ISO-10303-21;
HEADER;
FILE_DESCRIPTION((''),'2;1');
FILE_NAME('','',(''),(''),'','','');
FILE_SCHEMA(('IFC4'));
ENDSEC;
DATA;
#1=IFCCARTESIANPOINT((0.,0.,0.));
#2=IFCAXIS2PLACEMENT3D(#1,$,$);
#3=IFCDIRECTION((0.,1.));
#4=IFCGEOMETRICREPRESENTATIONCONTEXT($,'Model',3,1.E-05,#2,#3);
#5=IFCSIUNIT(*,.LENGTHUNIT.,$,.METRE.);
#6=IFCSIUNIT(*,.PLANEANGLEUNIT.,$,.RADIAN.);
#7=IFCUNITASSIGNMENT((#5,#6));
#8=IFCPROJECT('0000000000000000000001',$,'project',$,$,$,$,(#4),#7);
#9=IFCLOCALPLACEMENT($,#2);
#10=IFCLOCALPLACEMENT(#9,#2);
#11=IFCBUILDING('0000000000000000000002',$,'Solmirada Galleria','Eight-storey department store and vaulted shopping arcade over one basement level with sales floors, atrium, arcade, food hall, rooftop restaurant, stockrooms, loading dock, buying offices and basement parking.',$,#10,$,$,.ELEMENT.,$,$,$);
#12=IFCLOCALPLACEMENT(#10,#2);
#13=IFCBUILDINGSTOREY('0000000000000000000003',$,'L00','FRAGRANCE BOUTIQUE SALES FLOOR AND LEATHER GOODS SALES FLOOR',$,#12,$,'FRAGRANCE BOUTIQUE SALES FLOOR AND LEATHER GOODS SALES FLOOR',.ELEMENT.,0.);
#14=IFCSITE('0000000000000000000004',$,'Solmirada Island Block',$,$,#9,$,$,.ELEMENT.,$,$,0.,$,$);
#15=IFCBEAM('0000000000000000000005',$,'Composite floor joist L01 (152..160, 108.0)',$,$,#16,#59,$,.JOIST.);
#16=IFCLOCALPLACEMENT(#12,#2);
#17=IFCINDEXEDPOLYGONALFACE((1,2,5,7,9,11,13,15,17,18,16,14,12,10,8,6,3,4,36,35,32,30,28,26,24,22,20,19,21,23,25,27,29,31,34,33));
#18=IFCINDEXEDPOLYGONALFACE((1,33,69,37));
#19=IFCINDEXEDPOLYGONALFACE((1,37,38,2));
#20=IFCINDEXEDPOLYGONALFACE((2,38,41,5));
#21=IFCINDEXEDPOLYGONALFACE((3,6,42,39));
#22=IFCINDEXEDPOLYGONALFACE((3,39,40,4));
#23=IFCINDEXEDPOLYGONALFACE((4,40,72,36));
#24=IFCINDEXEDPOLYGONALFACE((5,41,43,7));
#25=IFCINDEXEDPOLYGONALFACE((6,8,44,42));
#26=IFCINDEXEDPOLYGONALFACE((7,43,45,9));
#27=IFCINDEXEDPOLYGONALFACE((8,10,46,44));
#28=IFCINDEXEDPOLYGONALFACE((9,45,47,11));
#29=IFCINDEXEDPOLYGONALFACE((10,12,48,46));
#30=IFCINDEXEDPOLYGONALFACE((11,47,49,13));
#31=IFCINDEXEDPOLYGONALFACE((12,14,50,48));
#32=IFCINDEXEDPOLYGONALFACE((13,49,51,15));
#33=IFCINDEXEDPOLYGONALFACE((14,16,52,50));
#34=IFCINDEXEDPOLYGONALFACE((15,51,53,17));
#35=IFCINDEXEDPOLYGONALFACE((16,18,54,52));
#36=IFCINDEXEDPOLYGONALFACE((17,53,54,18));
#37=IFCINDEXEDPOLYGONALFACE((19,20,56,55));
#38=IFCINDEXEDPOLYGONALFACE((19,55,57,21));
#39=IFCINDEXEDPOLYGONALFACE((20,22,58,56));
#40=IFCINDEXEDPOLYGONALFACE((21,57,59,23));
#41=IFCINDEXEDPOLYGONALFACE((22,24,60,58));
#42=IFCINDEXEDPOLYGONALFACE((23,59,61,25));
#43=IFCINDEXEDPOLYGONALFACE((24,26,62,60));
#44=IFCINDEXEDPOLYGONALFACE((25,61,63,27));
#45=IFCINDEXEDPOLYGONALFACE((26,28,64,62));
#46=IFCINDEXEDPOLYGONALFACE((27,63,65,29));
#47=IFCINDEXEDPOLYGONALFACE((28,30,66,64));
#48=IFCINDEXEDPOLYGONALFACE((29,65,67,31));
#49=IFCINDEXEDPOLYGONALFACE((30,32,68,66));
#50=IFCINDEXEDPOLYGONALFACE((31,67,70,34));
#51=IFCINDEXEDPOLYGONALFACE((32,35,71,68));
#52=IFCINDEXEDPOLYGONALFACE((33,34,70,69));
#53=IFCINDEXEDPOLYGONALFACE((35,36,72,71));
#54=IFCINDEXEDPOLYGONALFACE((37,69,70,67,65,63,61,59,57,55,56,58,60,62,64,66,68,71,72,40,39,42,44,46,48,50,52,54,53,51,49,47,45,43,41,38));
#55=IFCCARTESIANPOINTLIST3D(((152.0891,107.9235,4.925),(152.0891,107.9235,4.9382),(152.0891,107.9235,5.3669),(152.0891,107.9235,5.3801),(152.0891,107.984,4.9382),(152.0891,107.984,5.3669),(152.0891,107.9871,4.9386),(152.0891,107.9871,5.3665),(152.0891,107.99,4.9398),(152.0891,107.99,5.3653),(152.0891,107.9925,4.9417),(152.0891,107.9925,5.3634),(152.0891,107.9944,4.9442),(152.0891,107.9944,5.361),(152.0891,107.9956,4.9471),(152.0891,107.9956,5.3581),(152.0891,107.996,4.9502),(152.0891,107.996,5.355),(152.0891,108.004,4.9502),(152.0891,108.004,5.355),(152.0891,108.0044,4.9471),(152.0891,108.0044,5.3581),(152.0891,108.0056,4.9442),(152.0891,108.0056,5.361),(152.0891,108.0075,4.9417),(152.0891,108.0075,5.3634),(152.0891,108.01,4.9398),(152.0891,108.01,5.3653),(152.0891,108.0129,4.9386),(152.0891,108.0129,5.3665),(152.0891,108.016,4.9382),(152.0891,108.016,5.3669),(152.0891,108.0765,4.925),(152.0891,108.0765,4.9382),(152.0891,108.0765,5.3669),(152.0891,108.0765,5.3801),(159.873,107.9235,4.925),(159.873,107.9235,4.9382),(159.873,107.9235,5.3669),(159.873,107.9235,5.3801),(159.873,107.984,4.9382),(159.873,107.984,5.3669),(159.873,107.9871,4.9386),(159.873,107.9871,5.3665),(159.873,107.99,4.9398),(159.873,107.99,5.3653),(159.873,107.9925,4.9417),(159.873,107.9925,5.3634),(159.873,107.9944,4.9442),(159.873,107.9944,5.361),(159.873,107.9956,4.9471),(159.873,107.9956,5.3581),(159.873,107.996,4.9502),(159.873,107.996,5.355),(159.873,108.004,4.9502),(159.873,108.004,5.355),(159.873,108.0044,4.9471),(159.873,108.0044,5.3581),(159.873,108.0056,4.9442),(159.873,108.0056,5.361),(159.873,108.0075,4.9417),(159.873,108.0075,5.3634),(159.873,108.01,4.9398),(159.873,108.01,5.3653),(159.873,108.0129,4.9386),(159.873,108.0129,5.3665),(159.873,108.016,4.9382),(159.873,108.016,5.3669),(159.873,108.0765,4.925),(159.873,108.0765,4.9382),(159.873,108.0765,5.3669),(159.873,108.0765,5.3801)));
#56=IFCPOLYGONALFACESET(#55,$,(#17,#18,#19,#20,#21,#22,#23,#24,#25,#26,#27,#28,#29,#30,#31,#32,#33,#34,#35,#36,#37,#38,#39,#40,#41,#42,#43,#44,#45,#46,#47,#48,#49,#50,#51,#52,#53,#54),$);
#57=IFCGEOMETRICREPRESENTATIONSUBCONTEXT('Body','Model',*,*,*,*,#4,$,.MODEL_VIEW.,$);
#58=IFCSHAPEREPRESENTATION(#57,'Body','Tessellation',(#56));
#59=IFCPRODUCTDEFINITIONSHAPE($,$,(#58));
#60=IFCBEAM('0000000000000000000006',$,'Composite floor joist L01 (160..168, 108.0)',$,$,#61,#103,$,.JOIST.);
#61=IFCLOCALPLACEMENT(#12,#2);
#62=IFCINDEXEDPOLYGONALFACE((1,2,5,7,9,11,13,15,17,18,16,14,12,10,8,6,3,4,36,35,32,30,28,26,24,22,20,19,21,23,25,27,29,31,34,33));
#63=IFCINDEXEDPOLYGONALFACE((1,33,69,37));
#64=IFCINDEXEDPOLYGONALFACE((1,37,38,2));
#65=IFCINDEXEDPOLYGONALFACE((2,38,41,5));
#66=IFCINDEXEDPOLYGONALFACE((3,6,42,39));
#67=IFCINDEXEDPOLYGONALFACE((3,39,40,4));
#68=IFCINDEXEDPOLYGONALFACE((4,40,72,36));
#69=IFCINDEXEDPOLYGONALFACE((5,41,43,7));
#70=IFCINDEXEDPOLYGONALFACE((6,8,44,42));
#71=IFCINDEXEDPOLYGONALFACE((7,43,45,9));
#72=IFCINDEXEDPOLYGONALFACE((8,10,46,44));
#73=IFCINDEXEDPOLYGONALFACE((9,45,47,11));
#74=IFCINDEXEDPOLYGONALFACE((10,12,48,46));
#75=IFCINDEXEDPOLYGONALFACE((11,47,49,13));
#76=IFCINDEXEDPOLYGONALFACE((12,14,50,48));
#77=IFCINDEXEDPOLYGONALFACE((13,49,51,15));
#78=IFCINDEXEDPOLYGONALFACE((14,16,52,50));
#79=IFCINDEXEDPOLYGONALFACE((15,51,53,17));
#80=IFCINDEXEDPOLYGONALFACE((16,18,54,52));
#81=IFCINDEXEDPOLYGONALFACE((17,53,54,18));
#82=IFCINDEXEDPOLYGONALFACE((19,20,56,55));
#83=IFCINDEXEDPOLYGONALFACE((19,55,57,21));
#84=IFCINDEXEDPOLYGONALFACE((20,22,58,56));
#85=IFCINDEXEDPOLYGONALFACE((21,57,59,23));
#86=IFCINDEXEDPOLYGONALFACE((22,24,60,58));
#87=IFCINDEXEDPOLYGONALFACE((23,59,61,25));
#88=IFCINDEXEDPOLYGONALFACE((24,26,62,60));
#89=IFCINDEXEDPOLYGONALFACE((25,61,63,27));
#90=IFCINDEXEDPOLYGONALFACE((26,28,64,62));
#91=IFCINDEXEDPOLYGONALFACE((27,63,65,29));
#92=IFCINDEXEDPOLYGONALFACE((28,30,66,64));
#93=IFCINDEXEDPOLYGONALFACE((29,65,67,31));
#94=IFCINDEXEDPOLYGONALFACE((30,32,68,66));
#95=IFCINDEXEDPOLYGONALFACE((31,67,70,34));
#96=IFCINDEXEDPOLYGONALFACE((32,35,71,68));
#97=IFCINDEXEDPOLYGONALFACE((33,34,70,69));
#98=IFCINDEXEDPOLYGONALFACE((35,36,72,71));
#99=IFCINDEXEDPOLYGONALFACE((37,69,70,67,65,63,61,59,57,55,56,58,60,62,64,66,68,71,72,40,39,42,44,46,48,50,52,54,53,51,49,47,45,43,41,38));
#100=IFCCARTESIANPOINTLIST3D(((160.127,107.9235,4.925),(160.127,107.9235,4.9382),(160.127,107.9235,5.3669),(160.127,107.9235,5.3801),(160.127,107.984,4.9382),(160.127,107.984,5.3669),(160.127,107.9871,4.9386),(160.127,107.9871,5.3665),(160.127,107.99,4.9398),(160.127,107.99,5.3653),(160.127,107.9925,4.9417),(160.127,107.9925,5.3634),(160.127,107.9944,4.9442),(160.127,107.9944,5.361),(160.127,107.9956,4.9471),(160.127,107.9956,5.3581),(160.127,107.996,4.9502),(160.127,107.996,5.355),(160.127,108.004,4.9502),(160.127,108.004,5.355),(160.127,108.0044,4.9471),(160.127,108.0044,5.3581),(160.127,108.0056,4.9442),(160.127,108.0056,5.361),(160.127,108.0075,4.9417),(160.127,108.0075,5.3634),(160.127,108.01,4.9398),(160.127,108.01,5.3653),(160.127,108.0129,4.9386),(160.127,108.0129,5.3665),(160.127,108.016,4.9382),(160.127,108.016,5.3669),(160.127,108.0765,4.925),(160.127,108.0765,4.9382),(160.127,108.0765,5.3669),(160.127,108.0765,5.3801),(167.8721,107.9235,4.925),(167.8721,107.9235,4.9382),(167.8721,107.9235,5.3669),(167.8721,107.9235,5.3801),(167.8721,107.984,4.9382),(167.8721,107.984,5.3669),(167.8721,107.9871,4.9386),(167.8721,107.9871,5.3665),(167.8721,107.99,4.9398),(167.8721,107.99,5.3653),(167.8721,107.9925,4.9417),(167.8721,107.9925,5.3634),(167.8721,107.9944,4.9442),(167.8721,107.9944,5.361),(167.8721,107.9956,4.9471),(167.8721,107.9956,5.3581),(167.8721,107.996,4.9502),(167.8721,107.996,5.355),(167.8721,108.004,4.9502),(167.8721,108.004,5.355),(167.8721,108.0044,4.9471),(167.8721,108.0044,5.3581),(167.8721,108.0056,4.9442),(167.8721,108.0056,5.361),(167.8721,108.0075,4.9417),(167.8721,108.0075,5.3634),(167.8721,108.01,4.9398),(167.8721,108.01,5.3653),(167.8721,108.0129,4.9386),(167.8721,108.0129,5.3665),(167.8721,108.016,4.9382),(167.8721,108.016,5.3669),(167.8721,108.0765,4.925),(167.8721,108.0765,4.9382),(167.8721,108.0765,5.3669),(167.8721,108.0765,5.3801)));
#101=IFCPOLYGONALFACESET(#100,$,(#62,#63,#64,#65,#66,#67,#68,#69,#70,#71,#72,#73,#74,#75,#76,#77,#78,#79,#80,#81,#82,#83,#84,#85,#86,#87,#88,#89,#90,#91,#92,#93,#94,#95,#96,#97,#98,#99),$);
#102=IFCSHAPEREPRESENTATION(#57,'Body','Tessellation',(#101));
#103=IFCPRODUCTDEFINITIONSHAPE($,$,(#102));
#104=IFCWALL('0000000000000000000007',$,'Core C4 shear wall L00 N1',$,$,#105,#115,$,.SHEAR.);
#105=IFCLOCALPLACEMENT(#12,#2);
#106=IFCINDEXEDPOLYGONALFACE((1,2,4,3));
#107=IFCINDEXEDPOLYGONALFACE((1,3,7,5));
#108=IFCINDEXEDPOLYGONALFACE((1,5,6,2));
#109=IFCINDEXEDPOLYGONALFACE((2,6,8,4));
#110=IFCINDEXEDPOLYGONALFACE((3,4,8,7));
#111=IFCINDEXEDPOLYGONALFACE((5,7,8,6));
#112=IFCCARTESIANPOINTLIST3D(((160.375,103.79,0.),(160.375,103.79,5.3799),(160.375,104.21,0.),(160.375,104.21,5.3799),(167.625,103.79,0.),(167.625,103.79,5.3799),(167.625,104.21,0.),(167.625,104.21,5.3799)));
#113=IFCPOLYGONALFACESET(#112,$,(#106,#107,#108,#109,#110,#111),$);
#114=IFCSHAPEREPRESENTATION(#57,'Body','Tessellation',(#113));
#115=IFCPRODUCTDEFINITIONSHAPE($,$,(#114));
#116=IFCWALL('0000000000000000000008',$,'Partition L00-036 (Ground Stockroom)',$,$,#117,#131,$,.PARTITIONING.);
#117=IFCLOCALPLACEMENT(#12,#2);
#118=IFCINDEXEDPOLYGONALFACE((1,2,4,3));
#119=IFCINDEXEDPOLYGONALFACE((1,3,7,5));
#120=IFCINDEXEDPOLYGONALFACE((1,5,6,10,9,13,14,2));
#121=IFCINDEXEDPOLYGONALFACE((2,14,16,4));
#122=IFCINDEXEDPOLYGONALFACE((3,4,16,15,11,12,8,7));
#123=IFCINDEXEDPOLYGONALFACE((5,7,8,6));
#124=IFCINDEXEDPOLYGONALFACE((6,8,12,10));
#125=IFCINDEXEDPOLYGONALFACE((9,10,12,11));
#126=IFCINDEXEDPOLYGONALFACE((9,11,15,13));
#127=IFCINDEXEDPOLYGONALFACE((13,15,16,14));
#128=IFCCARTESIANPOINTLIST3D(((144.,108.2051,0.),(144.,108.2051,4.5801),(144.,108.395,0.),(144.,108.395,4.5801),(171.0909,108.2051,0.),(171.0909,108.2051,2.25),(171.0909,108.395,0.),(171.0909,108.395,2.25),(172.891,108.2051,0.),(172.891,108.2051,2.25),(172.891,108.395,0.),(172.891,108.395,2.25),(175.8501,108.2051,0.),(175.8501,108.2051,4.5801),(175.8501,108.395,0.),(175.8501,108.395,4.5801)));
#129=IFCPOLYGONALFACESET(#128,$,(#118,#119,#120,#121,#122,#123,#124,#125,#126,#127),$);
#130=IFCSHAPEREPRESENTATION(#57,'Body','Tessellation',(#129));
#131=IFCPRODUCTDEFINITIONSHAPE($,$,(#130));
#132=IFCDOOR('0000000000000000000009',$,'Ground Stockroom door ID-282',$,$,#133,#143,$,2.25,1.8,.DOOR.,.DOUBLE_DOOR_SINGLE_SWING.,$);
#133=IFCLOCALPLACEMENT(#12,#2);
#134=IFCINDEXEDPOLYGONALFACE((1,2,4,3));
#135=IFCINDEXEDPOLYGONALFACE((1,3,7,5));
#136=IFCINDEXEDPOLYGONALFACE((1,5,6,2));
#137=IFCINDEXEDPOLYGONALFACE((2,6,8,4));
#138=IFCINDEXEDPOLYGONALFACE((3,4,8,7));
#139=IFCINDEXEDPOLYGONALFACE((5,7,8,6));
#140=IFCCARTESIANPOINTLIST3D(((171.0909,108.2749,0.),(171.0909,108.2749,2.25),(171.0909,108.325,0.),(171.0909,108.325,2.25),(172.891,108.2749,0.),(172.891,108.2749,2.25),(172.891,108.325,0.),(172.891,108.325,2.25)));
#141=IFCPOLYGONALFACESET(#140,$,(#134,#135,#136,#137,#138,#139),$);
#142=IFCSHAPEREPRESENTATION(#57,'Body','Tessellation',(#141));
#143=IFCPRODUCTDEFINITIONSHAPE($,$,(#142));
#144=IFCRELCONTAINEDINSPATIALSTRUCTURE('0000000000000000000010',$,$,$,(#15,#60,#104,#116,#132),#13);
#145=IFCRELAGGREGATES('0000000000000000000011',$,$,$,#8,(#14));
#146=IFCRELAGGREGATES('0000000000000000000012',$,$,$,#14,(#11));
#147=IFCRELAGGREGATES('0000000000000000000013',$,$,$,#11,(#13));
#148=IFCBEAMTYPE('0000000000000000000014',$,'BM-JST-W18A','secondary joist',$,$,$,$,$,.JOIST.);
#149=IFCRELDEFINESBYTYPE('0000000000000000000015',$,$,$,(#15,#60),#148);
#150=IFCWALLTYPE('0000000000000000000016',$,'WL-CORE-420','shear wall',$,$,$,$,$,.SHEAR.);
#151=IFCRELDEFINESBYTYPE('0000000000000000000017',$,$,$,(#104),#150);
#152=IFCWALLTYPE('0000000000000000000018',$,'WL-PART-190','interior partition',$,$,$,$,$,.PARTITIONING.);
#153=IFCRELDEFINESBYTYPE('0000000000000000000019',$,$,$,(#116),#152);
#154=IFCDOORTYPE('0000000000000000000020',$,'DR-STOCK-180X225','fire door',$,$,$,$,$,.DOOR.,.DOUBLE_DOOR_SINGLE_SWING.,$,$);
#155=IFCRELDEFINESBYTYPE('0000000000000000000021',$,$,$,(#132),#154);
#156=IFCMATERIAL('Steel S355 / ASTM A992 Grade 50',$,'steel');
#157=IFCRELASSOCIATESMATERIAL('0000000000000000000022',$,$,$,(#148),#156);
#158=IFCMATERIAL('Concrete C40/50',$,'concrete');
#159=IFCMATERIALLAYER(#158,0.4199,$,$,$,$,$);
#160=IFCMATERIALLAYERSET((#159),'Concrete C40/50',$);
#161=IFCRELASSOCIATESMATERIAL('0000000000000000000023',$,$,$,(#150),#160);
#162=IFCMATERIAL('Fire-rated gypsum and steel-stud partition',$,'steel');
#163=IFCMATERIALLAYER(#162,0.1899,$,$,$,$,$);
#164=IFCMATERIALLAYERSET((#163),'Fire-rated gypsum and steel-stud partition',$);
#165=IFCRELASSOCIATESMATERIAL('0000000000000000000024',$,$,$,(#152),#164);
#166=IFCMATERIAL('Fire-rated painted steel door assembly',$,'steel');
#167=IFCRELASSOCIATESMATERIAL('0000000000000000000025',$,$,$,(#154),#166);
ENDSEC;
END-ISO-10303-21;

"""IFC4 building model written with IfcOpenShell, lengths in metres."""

from ifc_helpers import new_model, si_unit, direction, frame, frame_2d, origin, origin_2d, place, context, subcontext, project, spatial, rectangle, i_section, extrude, material, layer, layer_set, material_profile, profile_set, type_object, element, fill, save


model = new_model("IFC4")

# Units and contexts
model_context = context("Model", 3, precision=1e-05, world=origin(), true_north=direction((0.0, 1.0)))
body_context = subcontext(model_context, "Body", "Model", "MODEL_VIEW")
ifc_project = project(units=[si_unit("LENGTHUNIT", "METRE"), si_unit("PLANEANGLEUNIT", "RADIAN")], contexts=[model_context])

# Site, building, storey
site_placement = place(None, origin())
site = spatial("IfcSite", under=ifc_project, at=site_placement, Name="Solmirada Island Block", CompositionType="ELEMENT", RefElevation=0.0)
building_placement = place(site_placement, origin())
building = spatial("IfcBuilding", under=site, at=building_placement, Name="Solmirada Galleria", Description="Eight-storey department store and vaulted shopping arcade over one basement level with sales floors, atrium, arcade, food hall, rooftop restaurant, stockrooms, loading dock, buying offices and basement parking.", CompositionType="ELEMENT")
storey_placement = place(building_placement, origin())
storey = spatial("IfcBuildingStorey", under=building, at=storey_placement, Name="L00", Description="FRAGRANCE BOUTIQUE SALES FLOOR AND LEATHER GOODS SALES FLOOR", LongName="FRAGRANCE BOUTIQUE SALES FLOOR AND LEATHER GOODS SALES FLOOR", CompositionType="ELEMENT", Elevation=0.0)

# Shared definitions
ifc_material_1 = material(Name="Concrete C40/50", Category="concrete")

# Beams
ifc_material_2 = material(Name="Steel S355 / ASTM A992 Grade 50", Category="steel")
ifc_material_profile_1 = material_profile(ifc_material_2, i_section(OverallWidth=0.1531, OverallDepth=0.4551, WebThickness=0.0081, FlangeThickness=0.0132, FilletRadius=0.012, at=origin_2d()), Name="W18X40")
ifc_profile_set_1 = profile_set([ifc_material_profile_1], Name="Steel S355 / ASTM A992 Grade 50")
beam_type_1 = type_object("IfcBeamType", Name="BM-JST-W18A", Description="secondary joist", PredefinedType="JOIST", material=ifc_profile_set_1)
beam_1_placement = place(storey_placement, frame((152.0891, 108.0, 5.1526), z_axis=(1.0, 0.0, 0.0), x_axis=(0.0, 1.0, 0.0)))
element("IfcBeam", 1, at=beam_1_placement, inside=storey, type_object=beam_type_1, Name="Composite floor joist L01 (152..160, 108.0)", PredefinedType="JOIST", context=body_context, shape_type="SweptSolid", body=[
    extrude(i_section(OverallWidth=0.1531, OverallDepth=0.4551, WebThickness=0.0081, FlangeThickness=0.0132, FilletRadius=0.012, at=origin_2d()), origin(), (0.0, 0.0, 1.0), 7.7839),
])
beam_2_placement = place(storey_placement, frame((160.127, 108.0, 5.1526), z_axis=(1.0, 0.0, 0.0), x_axis=(0.0, 1.0, 0.0)))
element("IfcBeam", 2, at=beam_2_placement, inside=storey, type_object=beam_type_1, Name="Composite floor joist L01 (160..168, 108.0)", PredefinedType="JOIST", context=body_context, shape_type="SweptSolid", body=[
    extrude(i_section(OverallWidth=0.1531, OverallDepth=0.4551, WebThickness=0.0081, FlangeThickness=0.0132, FilletRadius=0.012, at=origin_2d()), origin(), (0.0, 0.0, 1.0), 7.7451),
])

# Shared definitions
ifc_layer_1 = layer(ifc_material_1, 0.4199)
ifc_layer_set_1 = layer_set([ifc_layer_1], Name="Concrete C40/50")
wall_type_1 = type_object("IfcWallType", Name="WL-CORE-420", Description="shear wall", PredefinedType="SHEAR", material=ifc_layer_set_1)
ifc_material_3 = material(Name="Fire-rated painted steel door assembly", Category="steel")

# Wall
wall_1_placement = place(storey_placement, frame((160.375, 104.0, 0.0), z_axis=(0.0, 0.0, 1.0), x_axis=(1.0, 0.0, 0.0)))
element("IfcWall", 3, at=wall_1_placement, inside=storey, type_object=wall_type_1, Name="Core C4 shear wall L00 N1", PredefinedType="SHEAR", context=body_context, shape_type="SweptSolid", body=[
    extrude(rectangle(XDim=7.25, YDim=0.4199, at=frame_2d((3.625, 0.0))), origin(), (0.0, 0.0, 1.0), 5.3799),
])

# Wall, opening, door
ifc_material_4 = material(Name="Fire-rated gypsum and steel-stud partition", Category="steel")
ifc_layer_2 = layer(ifc_material_4, 0.1899)
ifc_layer_set_2 = layer_set([ifc_layer_2], Name="Fire-rated gypsum and steel-stud partition")
wall_type_2 = type_object("IfcWallType", Name="WL-PART-190", Description="interior partition", PredefinedType="PARTITIONING", material=ifc_layer_set_2)
wall_2_placement = place(storey_placement, frame((144.0, 108.3, 0.0), z_axis=(0.0, 0.0, 1.0), x_axis=(1.0, 0.0, 0.0)))
wall_2 = element("IfcWall", 4, at=wall_2_placement, inside=storey, type_object=wall_type_2, Name="Partition L00-036 (Ground Stockroom)", PredefinedType="PARTITIONING", context=body_context, shape_type="SweptSolid", body=[
    extrude(rectangle(XDim=31.8501, YDim=0.1899, at=frame_2d((15.925, 0.0))), origin(), (0.0, 0.0, 1.0), 4.5801),
])
opening_1_placement = place(wall_2_placement, frame((27.0911, 0.0, 0.0)))
opening_1 = element("IfcOpeningElement", 5, at=opening_1_placement, cuts=wall_2, PredefinedType="OPENING", context=body_context, shape_type="SweptSolid", body=[
    extrude(rectangle(XDim=1.8, YDim=2.25, at=frame_2d((0.8999, 1.125))), frame((0.0, 0.105, 0.0), z_axis=(0.0, -1.0, 0.0), x_axis=(1.0, 0.0, 0.0)), (0.0, 0.0, 1.0), 0.21),
])
door_type_1 = type_object("IfcDoorType", Name="DR-STOCK-180X225", Description="fire door", OperationType="DOUBLE_DOOR_SINGLE_SWING", PredefinedType="DOOR", material=ifc_material_3)
door_1_placement = place(opening_1_placement, origin())
door_1 = element("IfcDoor", 6, at=door_1_placement, inside=storey, type_object=door_type_1, Name="Ground Stockroom door ID-282", OperationType="DOUBLE_DOOR_SINGLE_SWING", OverallHeight=2.25, OverallWidth=1.8, PredefinedType="DOOR", context=body_context, shape_type="SweptSolid", body=[
    extrude(rectangle(XDim=1.8, YDim=2.25, at=frame_2d((0.8999, 1.125))), frame((0.0, 0.0249, 0.0), z_axis=(0.0, -1.0, 0.0), x_axis=(1.0, 0.0, 0.0)), (0.0, 0.0, 1.0), 0.05),
])
fill(opening_1, door_1)

save(model, "model.ifc")
